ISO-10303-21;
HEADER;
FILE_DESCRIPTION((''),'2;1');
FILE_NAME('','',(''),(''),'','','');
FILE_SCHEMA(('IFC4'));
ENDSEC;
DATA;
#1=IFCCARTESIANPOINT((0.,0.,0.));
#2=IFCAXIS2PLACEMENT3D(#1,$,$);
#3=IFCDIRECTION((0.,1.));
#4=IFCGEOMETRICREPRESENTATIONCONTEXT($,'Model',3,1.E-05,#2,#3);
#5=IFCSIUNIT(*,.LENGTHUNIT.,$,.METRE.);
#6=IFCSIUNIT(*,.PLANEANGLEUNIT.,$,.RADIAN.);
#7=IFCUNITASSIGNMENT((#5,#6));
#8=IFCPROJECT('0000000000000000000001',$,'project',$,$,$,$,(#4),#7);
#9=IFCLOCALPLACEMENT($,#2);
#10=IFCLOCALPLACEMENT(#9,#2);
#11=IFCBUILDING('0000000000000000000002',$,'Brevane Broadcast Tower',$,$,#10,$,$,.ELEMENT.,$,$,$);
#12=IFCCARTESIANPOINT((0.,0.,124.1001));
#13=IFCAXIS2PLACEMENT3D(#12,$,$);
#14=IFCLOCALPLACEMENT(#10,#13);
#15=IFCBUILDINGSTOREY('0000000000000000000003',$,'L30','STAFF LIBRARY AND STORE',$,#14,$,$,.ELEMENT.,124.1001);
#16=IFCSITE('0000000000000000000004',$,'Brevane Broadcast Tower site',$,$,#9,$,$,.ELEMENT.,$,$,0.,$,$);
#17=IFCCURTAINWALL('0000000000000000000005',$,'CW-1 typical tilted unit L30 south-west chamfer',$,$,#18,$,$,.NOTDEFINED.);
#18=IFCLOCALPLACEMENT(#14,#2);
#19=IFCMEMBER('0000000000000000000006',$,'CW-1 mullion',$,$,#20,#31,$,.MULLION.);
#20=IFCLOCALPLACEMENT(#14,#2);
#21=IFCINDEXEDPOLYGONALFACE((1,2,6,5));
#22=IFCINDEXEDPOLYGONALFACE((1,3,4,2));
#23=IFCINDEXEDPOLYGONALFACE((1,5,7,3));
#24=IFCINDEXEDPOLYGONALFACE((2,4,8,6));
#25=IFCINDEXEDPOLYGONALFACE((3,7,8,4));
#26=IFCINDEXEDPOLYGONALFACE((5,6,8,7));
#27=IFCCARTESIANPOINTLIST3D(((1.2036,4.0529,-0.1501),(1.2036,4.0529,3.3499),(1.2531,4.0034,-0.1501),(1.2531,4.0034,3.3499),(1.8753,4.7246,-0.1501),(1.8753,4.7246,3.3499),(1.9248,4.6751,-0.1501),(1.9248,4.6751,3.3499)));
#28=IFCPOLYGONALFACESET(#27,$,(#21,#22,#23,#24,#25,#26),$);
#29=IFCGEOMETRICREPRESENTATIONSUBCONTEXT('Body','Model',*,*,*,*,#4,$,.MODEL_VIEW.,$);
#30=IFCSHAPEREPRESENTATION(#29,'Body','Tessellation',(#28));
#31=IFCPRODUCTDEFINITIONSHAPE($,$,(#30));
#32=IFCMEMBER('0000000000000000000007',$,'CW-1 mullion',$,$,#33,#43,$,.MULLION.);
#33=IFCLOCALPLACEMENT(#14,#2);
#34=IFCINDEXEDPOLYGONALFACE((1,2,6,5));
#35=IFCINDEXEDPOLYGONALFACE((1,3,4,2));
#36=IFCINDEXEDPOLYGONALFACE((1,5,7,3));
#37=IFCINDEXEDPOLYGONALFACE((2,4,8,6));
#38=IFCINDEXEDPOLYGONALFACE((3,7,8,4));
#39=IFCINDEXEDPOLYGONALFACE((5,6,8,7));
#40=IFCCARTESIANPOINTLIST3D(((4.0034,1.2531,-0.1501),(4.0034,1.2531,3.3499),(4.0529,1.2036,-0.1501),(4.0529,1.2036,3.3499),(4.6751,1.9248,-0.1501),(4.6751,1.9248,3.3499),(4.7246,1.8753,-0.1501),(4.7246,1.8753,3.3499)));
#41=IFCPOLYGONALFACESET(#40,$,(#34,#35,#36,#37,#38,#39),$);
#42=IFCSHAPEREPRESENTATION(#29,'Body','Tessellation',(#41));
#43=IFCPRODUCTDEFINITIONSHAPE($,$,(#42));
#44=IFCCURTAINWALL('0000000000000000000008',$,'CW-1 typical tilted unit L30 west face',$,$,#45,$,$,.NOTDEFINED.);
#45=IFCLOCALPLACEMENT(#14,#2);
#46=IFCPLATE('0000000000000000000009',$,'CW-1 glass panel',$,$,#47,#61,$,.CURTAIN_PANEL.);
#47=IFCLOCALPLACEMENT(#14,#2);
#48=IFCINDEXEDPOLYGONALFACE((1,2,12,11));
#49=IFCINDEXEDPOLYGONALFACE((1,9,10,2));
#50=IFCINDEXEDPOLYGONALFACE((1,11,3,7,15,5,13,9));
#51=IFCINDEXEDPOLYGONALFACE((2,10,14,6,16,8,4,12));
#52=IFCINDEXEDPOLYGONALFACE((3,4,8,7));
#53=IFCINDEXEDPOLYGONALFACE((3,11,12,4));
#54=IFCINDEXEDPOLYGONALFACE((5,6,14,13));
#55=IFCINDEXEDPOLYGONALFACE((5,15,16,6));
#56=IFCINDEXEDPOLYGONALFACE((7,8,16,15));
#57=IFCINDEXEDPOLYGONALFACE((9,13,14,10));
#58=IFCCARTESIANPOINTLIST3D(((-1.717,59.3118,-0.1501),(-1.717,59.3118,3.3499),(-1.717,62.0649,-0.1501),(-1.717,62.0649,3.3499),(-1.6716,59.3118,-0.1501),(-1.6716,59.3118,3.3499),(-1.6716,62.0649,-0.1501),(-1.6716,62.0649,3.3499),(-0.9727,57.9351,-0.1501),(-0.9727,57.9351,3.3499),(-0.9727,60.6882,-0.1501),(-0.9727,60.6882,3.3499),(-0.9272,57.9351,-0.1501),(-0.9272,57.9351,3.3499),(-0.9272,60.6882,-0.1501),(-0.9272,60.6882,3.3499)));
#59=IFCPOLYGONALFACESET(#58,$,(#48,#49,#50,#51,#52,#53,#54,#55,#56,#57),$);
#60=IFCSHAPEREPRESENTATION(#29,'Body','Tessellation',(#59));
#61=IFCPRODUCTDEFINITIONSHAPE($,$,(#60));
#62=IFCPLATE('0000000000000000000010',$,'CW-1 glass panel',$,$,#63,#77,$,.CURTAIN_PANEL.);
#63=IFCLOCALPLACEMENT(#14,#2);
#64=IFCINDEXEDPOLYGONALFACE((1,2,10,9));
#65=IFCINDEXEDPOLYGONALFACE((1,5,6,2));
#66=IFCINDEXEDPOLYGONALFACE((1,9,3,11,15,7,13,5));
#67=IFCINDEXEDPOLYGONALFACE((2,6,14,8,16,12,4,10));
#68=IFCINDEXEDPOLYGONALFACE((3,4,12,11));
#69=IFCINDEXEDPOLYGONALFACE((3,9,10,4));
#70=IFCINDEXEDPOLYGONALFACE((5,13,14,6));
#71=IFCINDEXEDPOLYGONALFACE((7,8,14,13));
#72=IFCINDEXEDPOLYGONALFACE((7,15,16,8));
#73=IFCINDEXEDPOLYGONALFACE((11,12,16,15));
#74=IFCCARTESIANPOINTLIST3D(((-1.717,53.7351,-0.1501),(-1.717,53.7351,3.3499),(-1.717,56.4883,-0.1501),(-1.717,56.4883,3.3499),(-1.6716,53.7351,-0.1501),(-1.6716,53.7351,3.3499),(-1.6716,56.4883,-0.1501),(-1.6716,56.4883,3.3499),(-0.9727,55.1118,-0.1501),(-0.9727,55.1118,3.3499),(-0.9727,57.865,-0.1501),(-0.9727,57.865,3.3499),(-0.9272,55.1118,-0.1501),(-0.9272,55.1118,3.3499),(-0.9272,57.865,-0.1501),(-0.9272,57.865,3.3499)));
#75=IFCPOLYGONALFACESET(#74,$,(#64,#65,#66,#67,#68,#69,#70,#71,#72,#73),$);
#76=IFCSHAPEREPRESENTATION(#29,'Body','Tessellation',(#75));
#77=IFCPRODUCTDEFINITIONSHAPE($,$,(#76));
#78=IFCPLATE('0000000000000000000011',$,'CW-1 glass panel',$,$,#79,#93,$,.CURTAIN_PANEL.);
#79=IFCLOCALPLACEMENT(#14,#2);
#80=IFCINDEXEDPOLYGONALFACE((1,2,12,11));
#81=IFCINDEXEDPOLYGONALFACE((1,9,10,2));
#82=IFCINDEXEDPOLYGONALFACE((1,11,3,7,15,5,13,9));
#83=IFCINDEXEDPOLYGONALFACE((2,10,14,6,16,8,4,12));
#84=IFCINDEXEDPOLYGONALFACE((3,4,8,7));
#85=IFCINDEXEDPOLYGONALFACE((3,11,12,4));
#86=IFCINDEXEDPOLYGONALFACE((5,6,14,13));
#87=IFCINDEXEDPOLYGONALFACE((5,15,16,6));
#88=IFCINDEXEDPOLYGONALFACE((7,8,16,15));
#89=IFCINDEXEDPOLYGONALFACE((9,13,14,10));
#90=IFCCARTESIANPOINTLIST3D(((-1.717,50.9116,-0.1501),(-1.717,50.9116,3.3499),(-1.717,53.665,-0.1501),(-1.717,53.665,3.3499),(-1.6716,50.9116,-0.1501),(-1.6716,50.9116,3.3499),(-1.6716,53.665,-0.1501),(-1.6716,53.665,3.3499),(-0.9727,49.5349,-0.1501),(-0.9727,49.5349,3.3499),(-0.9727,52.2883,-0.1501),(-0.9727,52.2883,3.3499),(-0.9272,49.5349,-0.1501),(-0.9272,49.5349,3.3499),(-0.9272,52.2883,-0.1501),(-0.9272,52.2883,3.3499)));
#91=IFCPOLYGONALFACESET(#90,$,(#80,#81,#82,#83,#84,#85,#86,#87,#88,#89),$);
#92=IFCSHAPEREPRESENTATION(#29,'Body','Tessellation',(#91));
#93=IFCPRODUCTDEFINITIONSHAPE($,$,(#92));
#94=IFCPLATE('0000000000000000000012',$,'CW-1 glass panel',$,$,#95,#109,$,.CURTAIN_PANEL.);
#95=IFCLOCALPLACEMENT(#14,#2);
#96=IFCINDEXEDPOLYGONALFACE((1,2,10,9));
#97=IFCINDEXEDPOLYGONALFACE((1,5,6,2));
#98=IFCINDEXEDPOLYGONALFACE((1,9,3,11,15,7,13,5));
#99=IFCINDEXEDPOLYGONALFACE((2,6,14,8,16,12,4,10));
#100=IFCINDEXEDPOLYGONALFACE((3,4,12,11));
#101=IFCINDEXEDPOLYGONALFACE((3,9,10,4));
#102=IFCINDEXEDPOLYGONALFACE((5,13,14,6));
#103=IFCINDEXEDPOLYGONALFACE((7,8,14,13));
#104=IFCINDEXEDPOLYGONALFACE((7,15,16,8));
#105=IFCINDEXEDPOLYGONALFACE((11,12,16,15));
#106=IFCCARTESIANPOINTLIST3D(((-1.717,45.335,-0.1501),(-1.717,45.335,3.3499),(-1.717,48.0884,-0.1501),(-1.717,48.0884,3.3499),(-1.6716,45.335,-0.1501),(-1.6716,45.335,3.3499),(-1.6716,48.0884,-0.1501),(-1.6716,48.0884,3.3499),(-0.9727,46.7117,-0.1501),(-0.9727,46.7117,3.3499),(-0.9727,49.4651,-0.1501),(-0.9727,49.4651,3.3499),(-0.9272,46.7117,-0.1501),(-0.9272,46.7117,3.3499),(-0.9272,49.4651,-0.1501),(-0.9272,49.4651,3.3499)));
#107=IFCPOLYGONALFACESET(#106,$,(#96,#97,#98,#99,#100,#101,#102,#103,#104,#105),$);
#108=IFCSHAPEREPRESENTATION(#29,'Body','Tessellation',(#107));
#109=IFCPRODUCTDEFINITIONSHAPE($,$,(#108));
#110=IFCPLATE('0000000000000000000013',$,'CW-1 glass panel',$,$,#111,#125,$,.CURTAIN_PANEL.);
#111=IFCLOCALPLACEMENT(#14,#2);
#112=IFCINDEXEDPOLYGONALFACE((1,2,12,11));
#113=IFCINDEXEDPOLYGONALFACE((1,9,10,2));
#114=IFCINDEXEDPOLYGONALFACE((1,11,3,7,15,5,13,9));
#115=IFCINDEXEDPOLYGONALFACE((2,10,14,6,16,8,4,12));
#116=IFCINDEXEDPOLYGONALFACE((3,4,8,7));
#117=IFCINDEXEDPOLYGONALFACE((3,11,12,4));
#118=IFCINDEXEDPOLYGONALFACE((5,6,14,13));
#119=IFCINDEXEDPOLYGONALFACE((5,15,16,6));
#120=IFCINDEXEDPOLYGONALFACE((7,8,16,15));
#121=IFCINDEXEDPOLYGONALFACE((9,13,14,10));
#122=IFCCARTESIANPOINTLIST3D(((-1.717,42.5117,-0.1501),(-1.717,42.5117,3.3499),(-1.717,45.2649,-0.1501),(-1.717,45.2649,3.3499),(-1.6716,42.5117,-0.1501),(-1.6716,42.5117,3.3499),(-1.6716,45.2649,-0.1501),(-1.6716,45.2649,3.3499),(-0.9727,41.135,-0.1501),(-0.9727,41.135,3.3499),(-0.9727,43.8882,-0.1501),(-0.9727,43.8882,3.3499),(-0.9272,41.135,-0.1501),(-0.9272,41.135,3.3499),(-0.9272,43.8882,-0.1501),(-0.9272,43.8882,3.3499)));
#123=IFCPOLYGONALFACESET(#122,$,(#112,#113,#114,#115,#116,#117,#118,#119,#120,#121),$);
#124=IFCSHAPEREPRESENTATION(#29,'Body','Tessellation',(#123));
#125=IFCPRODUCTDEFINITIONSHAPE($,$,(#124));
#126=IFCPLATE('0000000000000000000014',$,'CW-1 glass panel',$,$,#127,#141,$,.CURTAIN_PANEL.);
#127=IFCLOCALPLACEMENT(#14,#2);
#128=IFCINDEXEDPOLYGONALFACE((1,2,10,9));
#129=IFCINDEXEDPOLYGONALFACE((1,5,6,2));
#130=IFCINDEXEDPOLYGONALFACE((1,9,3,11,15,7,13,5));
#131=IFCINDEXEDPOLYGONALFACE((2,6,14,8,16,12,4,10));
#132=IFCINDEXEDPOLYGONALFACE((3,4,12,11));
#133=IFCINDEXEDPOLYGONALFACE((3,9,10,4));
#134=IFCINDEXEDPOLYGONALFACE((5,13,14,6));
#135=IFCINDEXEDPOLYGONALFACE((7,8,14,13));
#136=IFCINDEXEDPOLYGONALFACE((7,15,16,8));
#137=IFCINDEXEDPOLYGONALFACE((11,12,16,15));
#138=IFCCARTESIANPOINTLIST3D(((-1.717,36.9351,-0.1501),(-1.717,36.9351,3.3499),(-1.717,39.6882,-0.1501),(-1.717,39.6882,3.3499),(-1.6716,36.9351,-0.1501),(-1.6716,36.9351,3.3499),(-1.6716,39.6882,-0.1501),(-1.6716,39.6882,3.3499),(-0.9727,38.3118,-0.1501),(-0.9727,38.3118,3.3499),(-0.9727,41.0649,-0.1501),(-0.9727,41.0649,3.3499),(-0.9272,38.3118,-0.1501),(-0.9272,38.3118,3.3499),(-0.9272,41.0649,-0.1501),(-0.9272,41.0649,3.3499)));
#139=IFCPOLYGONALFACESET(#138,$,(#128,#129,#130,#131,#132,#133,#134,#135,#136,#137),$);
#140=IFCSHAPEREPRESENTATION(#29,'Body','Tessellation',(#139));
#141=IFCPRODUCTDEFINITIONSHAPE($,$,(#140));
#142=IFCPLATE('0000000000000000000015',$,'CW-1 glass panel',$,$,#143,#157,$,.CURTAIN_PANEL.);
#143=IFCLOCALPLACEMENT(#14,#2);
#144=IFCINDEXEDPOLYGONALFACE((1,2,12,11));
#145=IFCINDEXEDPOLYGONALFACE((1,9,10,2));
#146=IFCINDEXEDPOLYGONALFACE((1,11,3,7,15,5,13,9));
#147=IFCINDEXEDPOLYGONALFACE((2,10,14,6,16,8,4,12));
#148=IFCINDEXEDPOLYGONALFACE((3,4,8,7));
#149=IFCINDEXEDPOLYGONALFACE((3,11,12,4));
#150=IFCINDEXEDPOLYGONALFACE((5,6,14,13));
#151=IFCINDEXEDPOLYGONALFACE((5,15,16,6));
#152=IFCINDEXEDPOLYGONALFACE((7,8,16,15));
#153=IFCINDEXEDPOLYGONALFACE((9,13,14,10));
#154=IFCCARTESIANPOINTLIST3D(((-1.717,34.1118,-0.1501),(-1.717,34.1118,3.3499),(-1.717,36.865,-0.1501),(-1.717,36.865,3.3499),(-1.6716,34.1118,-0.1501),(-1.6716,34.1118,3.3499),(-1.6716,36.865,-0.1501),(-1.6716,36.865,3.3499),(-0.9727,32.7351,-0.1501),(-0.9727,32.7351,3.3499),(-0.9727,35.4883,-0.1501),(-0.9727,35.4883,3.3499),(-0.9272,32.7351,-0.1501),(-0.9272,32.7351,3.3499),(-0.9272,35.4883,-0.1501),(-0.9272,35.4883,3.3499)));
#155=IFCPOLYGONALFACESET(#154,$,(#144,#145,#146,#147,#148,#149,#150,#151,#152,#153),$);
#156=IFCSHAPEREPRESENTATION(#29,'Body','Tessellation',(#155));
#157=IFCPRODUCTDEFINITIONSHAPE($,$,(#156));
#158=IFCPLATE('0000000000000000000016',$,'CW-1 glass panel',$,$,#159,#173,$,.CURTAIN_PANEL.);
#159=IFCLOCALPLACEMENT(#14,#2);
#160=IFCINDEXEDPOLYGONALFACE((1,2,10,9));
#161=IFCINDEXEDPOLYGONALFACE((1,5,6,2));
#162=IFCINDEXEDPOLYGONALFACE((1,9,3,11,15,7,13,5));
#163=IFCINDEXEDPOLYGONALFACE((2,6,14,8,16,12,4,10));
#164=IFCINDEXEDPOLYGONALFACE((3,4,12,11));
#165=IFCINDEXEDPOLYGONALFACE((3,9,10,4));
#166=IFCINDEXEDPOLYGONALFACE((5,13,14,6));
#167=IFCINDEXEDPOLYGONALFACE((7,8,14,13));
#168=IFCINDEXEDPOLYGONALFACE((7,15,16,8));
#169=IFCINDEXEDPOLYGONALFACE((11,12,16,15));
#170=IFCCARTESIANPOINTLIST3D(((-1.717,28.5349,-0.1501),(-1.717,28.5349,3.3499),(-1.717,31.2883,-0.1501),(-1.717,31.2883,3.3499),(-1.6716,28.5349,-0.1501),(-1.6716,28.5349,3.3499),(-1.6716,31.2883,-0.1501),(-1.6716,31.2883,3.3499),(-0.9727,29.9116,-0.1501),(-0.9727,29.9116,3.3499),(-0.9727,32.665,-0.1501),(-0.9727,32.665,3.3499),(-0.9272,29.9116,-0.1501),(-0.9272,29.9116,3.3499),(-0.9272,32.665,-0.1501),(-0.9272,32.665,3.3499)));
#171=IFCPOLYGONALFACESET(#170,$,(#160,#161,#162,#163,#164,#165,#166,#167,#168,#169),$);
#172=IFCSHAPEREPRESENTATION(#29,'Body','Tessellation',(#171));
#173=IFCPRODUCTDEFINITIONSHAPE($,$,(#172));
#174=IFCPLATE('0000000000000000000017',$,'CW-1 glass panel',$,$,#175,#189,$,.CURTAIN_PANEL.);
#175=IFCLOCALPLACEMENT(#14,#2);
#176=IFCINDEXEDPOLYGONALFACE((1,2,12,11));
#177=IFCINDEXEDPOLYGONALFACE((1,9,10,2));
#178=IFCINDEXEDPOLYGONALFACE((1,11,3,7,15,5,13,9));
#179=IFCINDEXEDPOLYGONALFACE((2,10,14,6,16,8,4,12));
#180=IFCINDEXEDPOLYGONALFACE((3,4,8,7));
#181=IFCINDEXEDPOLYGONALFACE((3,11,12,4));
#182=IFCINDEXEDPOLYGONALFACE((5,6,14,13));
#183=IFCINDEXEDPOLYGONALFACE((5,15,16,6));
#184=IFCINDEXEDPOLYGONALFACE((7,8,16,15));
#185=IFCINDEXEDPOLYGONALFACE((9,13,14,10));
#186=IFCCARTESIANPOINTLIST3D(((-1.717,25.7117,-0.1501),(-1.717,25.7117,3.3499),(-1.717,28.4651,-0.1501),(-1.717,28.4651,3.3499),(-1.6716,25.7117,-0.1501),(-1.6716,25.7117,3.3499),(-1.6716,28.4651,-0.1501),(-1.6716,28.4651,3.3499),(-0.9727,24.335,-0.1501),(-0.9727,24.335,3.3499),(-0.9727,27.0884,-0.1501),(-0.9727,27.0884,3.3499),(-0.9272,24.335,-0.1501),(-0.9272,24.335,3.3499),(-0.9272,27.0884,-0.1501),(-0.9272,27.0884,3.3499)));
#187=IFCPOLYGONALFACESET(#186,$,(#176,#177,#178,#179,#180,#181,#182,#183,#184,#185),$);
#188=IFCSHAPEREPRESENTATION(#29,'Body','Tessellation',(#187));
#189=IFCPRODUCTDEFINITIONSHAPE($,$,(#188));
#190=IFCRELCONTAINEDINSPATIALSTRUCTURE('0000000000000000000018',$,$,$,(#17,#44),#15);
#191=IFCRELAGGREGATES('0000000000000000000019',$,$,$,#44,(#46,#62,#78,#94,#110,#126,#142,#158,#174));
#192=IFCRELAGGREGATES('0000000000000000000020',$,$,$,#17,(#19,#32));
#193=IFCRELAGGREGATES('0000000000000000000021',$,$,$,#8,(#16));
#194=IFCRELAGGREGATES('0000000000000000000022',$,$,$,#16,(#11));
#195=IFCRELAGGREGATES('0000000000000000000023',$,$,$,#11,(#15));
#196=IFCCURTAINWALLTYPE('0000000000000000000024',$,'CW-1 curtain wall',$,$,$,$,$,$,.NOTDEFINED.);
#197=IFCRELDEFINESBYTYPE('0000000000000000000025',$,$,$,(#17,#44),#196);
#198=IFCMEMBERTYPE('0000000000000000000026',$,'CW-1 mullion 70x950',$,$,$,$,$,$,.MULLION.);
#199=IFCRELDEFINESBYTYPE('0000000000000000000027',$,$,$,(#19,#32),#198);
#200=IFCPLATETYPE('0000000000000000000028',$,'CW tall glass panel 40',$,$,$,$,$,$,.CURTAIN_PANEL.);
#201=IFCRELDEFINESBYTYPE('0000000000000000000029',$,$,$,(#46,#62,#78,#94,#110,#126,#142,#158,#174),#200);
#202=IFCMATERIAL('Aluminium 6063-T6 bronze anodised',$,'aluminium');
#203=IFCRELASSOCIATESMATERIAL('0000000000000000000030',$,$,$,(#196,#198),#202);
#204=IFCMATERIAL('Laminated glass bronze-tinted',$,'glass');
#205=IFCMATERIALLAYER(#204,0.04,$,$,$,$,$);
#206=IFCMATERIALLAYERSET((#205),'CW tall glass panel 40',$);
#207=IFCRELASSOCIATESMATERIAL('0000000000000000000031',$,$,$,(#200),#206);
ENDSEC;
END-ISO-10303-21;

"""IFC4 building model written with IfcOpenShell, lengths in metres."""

from ifc_helpers import new_model, si_unit, direction, frame, origin, origin_2d, place, context, subcontext, project, spatial, polyline, rectangle, outline, extrude, material, layer, layer_set, material_profile, profile_set, type_object, element, aggregate, save


model = new_model("IFC4")

# Units and contexts
model_context = context("Model", 3, precision=1e-05, world=origin(), true_north=direction((0.0, 1.0)))
body_context = subcontext(model_context, "Body", "Model", "MODEL_VIEW")
ifc_project = project(units=[si_unit("LENGTHUNIT", "METRE"), si_unit("PLANEANGLEUNIT", "RADIAN")], contexts=[model_context])

# Site, building, storey
site_placement = place(None, origin())
site = spatial("IfcSite", under=ifc_project, at=site_placement, Name="Brevane Broadcast Tower site", CompositionType="ELEMENT", RefElevation=0.0)
building_placement = place(site_placement, origin())
building = spatial("IfcBuilding", under=site, at=building_placement, Name="Brevane Broadcast Tower", CompositionType="ELEMENT")
storey_placement = place(building_placement, frame((0.0, 0.0, 124.1001)))
storey = spatial("IfcBuildingStorey", under=building, at=storey_placement, Name="L30", Description="STAFF LIBRARY AND STORE", CompositionType="ELEMENT", Elevation=124.1001)

# Curtain wall, members
ifc_material_1 = material(Name="Aluminium 6063-T6 bronze anodised", Category="aluminium")
curtain_wall_type = type_object("IfcCurtainWallType", Name="CW-1 curtain wall", PredefinedType="NOTDEFINED", material=ifc_material_1)
curtain_wall_1_placement = place(storey_placement, origin())
curtain_wall_1 = element("IfcCurtainWall", 1, at=curtain_wall_1_placement, inside=storey, type_object=curtain_wall_type, Name="CW-1 typical tilted unit L30 south-west chamfer", PredefinedType="NOTDEFINED")
ifc_material_profile = material_profile(ifc_material_1, rectangle(XDim=0.95, YDim=0.0701, at=origin_2d()), Name="RECT 70x950")
ifc_profile_set = profile_set([ifc_material_profile], Name="Aluminium 6063-T6 bronze anodised")
member_type = type_object("IfcMemberType", Name="CW-1 mullion 70x950", PredefinedType="MULLION", material=ifc_profile_set)
member_1_placement = place(storey_placement, frame((1.5642, 4.364, -0.1501), z_axis=(0.0, 0.0, 1.0), x_axis=(0.707107, 0.707107, 0.0)))
member_1 = element("IfcMember", 2, at=member_1_placement, type_object=member_type, Name="CW-1 mullion", PredefinedType="MULLION", context=body_context, shape_type="SweptSolid", body=[
    extrude(rectangle(XDim=0.95, YDim=0.0701, at=origin_2d()), origin(), (0.0, 0.0, 1.0), 3.5),
])
member_2_placement = place(storey_placement, frame((4.364, 1.5642, -0.1501), z_axis=(0.0, 0.0, 1.0), x_axis=(0.707107, 0.707107, 0.0)))
member_2 = element("IfcMember", 3, at=member_2_placement, type_object=member_type, Name="CW-1 mullion", PredefinedType="MULLION", context=body_context, shape_type="SweptSolid", body=[
    extrude(rectangle(XDim=0.95, YDim=0.0701, at=origin_2d()), origin(), (0.0, 0.0, 1.0), 3.5),
])

# Curtain wall, plates
curtain_wall_2_placement = place(storey_placement, origin())
curtain_wall_2 = element("IfcCurtainWall", 4, at=curtain_wall_2_placement, inside=storey, type_object=curtain_wall_type, Name="CW-1 typical tilted unit L30 west face", PredefinedType="NOTDEFINED")
ifc_material_2 = material(Name="Laminated glass bronze-tinted", Category="glass")
ifc_layer_1 = layer(ifc_material_2, 0.04)
ifc_layer_set_1 = layer_set([ifc_layer_1], Name="CW tall glass panel 40")
plate_type = type_object("IfcPlateType", Name="CW tall glass panel 40", PredefinedType="CURTAIN_PANEL", material=ifc_layer_set_1)
plate_1_placement = place(storey_placement, frame((0.0, 0.0, -0.1501)))
plate_1 = element("IfcPlate", 5, at=plate_1_placement, type_object=plate_type, Name="CW-1 glass panel", PredefinedType="CURTAIN_PANEL", context=body_context, shape_type="SweptSolid", body=[
    extrude(outline(polyline([(-1.6716, 62.0649), (-1.717, 62.0649), (-0.9727, 60.6882), (-1.717, 59.3118), (-0.9727, 57.9351), (-0.9272, 57.9351), (-1.6716, 59.3118), (-0.9272, 60.6882), (-1.6716, 62.0649)])), origin(), (0.0, 0.0, 1.0), 3.5),
])
plate_2_placement = place(storey_placement, frame((0.0, 0.0, -0.1501)))
plate_2 = element("IfcPlate", 6, at=plate_2_placement, type_object=plate_type, Name="CW-1 glass panel", PredefinedType="CURTAIN_PANEL", context=body_context, shape_type="SweptSolid", body=[
    extrude(outline(polyline([(-0.9272, 57.865), (-0.9727, 57.865), (-1.717, 56.4883), (-0.9727, 55.1118), (-1.717, 53.7351), (-1.6716, 53.7351), (-0.9272, 55.1118), (-1.6716, 56.4883), (-0.9272, 57.865)])), origin(), (0.0, 0.0, 1.0), 3.5),
])
plate_3_placement = place(storey_placement, frame((0.0, 0.0, -0.1501)))
plate_3 = element("IfcPlate", 7, at=plate_3_placement, type_object=plate_type, Name="CW-1 glass panel", PredefinedType="CURTAIN_PANEL", context=body_context, shape_type="SweptSolid", body=[
    extrude(outline(polyline([(-1.6716, 53.665), (-1.717, 53.665), (-0.9727, 52.2883), (-1.717, 50.9116), (-0.9727, 49.5349), (-0.9272, 49.5349), (-1.6716, 50.9116), (-0.9272, 52.2883), (-1.6716, 53.665)])), origin(), (0.0, 0.0, 1.0), 3.5),
])
plate_4_placement = place(storey_placement, frame((0.0, 0.0, -0.1501)))
plate_4 = element("IfcPlate", 8, at=plate_4_placement, type_object=plate_type, Name="CW-1 glass panel", PredefinedType="CURTAIN_PANEL", context=body_context, shape_type="SweptSolid", body=[
    extrude(outline(polyline([(-0.9272, 49.4651), (-0.9727, 49.4651), (-1.717, 48.0884), (-0.9727, 46.7117), (-1.717, 45.335), (-1.6716, 45.335), (-0.9272, 46.7117), (-1.6716, 48.0884), (-0.9272, 49.4651)])), origin(), (0.0, 0.0, 1.0), 3.5),
])
plate_5_placement = place(storey_placement, frame((0.0, 0.0, -0.1501)))
plate_5 = element("IfcPlate", 9, at=plate_5_placement, type_object=plate_type, Name="CW-1 glass panel", PredefinedType="CURTAIN_PANEL", context=body_context, shape_type="SweptSolid", body=[
    extrude(outline(polyline([(-1.6716, 45.2649), (-1.717, 45.2649), (-0.9727, 43.8882), (-1.717, 42.5117), (-0.9727, 41.135), (-0.9272, 41.135), (-1.6716, 42.5117), (-0.9272, 43.8882), (-1.6716, 45.2649)])), origin(), (0.0, 0.0, 1.0), 3.5),
])
plate_6_placement = place(storey_placement, frame((0.0, 0.0, -0.1501)))
plate_6 = element("IfcPlate", 10, at=plate_6_placement, type_object=plate_type, Name="CW-1 glass panel", PredefinedType="CURTAIN_PANEL", context=body_context, shape_type="SweptSolid", body=[
    extrude(outline(polyline([(-0.9272, 41.0649), (-0.9727, 41.0649), (-1.717, 39.6882), (-0.9727, 38.3118), (-1.717, 36.9351), (-1.6716, 36.9351), (-0.9272, 38.3118), (-1.6716, 39.6882), (-0.9272, 41.0649)])), origin(), (0.0, 0.0, 1.0), 3.5),
])
plate_7_placement = place(storey_placement, frame((0.0, 0.0, -0.1501)))
plate_7 = element("IfcPlate", 11, at=plate_7_placement, type_object=plate_type, Name="CW-1 glass panel", PredefinedType="CURTAIN_PANEL", context=body_context, shape_type="SweptSolid", body=[
    extrude(outline(polyline([(-1.6716, 36.865), (-1.717, 36.865), (-0.9727, 35.4883), (-1.717, 34.1118), (-0.9727, 32.7351), (-0.9272, 32.7351), (-1.6716, 34.1118), (-0.9272, 35.4883), (-1.6716, 36.865)])), origin(), (0.0, 0.0, 1.0), 3.5),
])
plate_8_placement = place(storey_placement, frame((0.0, 0.0, -0.1501)))
plate_8 = element("IfcPlate", 12, at=plate_8_placement, type_object=plate_type, Name="CW-1 glass panel", PredefinedType="CURTAIN_PANEL", context=body_context, shape_type="SweptSolid", body=[
    extrude(outline(polyline([(-0.9272, 32.665), (-0.9727, 32.665), (-1.717, 31.2883), (-0.9727, 29.9116), (-1.717, 28.5349), (-1.6716, 28.5349), (-0.9272, 29.9116), (-1.6716, 31.2883), (-0.9272, 32.665)])), origin(), (0.0, 0.0, 1.0), 3.5),
])
plate_9_placement = place(storey_placement, frame((0.0, 0.0, -0.1501)))
plate_9 = element("IfcPlate", 13, at=plate_9_placement, type_object=plate_type, Name="CW-1 glass panel", PredefinedType="CURTAIN_PANEL", context=body_context, shape_type="SweptSolid", body=[
    extrude(outline(polyline([(-1.6716, 28.4651), (-1.717, 28.4651), (-0.9727, 27.0884), (-1.717, 25.7117), (-0.9727, 24.335), (-0.9272, 24.335), (-1.6716, 25.7117), (-0.9272, 27.0884), (-1.6716, 28.4651)])), origin(), (0.0, 0.0, 1.0), 3.5),
])
aggregate(curtain_wall_2, [plate_1, plate_2, plate_3, plate_4, plate_5, plate_6, plate_7, plate_8, plate_9])

aggregate(curtain_wall_1, [member_1, member_2])

save(model, "model.ifc")
